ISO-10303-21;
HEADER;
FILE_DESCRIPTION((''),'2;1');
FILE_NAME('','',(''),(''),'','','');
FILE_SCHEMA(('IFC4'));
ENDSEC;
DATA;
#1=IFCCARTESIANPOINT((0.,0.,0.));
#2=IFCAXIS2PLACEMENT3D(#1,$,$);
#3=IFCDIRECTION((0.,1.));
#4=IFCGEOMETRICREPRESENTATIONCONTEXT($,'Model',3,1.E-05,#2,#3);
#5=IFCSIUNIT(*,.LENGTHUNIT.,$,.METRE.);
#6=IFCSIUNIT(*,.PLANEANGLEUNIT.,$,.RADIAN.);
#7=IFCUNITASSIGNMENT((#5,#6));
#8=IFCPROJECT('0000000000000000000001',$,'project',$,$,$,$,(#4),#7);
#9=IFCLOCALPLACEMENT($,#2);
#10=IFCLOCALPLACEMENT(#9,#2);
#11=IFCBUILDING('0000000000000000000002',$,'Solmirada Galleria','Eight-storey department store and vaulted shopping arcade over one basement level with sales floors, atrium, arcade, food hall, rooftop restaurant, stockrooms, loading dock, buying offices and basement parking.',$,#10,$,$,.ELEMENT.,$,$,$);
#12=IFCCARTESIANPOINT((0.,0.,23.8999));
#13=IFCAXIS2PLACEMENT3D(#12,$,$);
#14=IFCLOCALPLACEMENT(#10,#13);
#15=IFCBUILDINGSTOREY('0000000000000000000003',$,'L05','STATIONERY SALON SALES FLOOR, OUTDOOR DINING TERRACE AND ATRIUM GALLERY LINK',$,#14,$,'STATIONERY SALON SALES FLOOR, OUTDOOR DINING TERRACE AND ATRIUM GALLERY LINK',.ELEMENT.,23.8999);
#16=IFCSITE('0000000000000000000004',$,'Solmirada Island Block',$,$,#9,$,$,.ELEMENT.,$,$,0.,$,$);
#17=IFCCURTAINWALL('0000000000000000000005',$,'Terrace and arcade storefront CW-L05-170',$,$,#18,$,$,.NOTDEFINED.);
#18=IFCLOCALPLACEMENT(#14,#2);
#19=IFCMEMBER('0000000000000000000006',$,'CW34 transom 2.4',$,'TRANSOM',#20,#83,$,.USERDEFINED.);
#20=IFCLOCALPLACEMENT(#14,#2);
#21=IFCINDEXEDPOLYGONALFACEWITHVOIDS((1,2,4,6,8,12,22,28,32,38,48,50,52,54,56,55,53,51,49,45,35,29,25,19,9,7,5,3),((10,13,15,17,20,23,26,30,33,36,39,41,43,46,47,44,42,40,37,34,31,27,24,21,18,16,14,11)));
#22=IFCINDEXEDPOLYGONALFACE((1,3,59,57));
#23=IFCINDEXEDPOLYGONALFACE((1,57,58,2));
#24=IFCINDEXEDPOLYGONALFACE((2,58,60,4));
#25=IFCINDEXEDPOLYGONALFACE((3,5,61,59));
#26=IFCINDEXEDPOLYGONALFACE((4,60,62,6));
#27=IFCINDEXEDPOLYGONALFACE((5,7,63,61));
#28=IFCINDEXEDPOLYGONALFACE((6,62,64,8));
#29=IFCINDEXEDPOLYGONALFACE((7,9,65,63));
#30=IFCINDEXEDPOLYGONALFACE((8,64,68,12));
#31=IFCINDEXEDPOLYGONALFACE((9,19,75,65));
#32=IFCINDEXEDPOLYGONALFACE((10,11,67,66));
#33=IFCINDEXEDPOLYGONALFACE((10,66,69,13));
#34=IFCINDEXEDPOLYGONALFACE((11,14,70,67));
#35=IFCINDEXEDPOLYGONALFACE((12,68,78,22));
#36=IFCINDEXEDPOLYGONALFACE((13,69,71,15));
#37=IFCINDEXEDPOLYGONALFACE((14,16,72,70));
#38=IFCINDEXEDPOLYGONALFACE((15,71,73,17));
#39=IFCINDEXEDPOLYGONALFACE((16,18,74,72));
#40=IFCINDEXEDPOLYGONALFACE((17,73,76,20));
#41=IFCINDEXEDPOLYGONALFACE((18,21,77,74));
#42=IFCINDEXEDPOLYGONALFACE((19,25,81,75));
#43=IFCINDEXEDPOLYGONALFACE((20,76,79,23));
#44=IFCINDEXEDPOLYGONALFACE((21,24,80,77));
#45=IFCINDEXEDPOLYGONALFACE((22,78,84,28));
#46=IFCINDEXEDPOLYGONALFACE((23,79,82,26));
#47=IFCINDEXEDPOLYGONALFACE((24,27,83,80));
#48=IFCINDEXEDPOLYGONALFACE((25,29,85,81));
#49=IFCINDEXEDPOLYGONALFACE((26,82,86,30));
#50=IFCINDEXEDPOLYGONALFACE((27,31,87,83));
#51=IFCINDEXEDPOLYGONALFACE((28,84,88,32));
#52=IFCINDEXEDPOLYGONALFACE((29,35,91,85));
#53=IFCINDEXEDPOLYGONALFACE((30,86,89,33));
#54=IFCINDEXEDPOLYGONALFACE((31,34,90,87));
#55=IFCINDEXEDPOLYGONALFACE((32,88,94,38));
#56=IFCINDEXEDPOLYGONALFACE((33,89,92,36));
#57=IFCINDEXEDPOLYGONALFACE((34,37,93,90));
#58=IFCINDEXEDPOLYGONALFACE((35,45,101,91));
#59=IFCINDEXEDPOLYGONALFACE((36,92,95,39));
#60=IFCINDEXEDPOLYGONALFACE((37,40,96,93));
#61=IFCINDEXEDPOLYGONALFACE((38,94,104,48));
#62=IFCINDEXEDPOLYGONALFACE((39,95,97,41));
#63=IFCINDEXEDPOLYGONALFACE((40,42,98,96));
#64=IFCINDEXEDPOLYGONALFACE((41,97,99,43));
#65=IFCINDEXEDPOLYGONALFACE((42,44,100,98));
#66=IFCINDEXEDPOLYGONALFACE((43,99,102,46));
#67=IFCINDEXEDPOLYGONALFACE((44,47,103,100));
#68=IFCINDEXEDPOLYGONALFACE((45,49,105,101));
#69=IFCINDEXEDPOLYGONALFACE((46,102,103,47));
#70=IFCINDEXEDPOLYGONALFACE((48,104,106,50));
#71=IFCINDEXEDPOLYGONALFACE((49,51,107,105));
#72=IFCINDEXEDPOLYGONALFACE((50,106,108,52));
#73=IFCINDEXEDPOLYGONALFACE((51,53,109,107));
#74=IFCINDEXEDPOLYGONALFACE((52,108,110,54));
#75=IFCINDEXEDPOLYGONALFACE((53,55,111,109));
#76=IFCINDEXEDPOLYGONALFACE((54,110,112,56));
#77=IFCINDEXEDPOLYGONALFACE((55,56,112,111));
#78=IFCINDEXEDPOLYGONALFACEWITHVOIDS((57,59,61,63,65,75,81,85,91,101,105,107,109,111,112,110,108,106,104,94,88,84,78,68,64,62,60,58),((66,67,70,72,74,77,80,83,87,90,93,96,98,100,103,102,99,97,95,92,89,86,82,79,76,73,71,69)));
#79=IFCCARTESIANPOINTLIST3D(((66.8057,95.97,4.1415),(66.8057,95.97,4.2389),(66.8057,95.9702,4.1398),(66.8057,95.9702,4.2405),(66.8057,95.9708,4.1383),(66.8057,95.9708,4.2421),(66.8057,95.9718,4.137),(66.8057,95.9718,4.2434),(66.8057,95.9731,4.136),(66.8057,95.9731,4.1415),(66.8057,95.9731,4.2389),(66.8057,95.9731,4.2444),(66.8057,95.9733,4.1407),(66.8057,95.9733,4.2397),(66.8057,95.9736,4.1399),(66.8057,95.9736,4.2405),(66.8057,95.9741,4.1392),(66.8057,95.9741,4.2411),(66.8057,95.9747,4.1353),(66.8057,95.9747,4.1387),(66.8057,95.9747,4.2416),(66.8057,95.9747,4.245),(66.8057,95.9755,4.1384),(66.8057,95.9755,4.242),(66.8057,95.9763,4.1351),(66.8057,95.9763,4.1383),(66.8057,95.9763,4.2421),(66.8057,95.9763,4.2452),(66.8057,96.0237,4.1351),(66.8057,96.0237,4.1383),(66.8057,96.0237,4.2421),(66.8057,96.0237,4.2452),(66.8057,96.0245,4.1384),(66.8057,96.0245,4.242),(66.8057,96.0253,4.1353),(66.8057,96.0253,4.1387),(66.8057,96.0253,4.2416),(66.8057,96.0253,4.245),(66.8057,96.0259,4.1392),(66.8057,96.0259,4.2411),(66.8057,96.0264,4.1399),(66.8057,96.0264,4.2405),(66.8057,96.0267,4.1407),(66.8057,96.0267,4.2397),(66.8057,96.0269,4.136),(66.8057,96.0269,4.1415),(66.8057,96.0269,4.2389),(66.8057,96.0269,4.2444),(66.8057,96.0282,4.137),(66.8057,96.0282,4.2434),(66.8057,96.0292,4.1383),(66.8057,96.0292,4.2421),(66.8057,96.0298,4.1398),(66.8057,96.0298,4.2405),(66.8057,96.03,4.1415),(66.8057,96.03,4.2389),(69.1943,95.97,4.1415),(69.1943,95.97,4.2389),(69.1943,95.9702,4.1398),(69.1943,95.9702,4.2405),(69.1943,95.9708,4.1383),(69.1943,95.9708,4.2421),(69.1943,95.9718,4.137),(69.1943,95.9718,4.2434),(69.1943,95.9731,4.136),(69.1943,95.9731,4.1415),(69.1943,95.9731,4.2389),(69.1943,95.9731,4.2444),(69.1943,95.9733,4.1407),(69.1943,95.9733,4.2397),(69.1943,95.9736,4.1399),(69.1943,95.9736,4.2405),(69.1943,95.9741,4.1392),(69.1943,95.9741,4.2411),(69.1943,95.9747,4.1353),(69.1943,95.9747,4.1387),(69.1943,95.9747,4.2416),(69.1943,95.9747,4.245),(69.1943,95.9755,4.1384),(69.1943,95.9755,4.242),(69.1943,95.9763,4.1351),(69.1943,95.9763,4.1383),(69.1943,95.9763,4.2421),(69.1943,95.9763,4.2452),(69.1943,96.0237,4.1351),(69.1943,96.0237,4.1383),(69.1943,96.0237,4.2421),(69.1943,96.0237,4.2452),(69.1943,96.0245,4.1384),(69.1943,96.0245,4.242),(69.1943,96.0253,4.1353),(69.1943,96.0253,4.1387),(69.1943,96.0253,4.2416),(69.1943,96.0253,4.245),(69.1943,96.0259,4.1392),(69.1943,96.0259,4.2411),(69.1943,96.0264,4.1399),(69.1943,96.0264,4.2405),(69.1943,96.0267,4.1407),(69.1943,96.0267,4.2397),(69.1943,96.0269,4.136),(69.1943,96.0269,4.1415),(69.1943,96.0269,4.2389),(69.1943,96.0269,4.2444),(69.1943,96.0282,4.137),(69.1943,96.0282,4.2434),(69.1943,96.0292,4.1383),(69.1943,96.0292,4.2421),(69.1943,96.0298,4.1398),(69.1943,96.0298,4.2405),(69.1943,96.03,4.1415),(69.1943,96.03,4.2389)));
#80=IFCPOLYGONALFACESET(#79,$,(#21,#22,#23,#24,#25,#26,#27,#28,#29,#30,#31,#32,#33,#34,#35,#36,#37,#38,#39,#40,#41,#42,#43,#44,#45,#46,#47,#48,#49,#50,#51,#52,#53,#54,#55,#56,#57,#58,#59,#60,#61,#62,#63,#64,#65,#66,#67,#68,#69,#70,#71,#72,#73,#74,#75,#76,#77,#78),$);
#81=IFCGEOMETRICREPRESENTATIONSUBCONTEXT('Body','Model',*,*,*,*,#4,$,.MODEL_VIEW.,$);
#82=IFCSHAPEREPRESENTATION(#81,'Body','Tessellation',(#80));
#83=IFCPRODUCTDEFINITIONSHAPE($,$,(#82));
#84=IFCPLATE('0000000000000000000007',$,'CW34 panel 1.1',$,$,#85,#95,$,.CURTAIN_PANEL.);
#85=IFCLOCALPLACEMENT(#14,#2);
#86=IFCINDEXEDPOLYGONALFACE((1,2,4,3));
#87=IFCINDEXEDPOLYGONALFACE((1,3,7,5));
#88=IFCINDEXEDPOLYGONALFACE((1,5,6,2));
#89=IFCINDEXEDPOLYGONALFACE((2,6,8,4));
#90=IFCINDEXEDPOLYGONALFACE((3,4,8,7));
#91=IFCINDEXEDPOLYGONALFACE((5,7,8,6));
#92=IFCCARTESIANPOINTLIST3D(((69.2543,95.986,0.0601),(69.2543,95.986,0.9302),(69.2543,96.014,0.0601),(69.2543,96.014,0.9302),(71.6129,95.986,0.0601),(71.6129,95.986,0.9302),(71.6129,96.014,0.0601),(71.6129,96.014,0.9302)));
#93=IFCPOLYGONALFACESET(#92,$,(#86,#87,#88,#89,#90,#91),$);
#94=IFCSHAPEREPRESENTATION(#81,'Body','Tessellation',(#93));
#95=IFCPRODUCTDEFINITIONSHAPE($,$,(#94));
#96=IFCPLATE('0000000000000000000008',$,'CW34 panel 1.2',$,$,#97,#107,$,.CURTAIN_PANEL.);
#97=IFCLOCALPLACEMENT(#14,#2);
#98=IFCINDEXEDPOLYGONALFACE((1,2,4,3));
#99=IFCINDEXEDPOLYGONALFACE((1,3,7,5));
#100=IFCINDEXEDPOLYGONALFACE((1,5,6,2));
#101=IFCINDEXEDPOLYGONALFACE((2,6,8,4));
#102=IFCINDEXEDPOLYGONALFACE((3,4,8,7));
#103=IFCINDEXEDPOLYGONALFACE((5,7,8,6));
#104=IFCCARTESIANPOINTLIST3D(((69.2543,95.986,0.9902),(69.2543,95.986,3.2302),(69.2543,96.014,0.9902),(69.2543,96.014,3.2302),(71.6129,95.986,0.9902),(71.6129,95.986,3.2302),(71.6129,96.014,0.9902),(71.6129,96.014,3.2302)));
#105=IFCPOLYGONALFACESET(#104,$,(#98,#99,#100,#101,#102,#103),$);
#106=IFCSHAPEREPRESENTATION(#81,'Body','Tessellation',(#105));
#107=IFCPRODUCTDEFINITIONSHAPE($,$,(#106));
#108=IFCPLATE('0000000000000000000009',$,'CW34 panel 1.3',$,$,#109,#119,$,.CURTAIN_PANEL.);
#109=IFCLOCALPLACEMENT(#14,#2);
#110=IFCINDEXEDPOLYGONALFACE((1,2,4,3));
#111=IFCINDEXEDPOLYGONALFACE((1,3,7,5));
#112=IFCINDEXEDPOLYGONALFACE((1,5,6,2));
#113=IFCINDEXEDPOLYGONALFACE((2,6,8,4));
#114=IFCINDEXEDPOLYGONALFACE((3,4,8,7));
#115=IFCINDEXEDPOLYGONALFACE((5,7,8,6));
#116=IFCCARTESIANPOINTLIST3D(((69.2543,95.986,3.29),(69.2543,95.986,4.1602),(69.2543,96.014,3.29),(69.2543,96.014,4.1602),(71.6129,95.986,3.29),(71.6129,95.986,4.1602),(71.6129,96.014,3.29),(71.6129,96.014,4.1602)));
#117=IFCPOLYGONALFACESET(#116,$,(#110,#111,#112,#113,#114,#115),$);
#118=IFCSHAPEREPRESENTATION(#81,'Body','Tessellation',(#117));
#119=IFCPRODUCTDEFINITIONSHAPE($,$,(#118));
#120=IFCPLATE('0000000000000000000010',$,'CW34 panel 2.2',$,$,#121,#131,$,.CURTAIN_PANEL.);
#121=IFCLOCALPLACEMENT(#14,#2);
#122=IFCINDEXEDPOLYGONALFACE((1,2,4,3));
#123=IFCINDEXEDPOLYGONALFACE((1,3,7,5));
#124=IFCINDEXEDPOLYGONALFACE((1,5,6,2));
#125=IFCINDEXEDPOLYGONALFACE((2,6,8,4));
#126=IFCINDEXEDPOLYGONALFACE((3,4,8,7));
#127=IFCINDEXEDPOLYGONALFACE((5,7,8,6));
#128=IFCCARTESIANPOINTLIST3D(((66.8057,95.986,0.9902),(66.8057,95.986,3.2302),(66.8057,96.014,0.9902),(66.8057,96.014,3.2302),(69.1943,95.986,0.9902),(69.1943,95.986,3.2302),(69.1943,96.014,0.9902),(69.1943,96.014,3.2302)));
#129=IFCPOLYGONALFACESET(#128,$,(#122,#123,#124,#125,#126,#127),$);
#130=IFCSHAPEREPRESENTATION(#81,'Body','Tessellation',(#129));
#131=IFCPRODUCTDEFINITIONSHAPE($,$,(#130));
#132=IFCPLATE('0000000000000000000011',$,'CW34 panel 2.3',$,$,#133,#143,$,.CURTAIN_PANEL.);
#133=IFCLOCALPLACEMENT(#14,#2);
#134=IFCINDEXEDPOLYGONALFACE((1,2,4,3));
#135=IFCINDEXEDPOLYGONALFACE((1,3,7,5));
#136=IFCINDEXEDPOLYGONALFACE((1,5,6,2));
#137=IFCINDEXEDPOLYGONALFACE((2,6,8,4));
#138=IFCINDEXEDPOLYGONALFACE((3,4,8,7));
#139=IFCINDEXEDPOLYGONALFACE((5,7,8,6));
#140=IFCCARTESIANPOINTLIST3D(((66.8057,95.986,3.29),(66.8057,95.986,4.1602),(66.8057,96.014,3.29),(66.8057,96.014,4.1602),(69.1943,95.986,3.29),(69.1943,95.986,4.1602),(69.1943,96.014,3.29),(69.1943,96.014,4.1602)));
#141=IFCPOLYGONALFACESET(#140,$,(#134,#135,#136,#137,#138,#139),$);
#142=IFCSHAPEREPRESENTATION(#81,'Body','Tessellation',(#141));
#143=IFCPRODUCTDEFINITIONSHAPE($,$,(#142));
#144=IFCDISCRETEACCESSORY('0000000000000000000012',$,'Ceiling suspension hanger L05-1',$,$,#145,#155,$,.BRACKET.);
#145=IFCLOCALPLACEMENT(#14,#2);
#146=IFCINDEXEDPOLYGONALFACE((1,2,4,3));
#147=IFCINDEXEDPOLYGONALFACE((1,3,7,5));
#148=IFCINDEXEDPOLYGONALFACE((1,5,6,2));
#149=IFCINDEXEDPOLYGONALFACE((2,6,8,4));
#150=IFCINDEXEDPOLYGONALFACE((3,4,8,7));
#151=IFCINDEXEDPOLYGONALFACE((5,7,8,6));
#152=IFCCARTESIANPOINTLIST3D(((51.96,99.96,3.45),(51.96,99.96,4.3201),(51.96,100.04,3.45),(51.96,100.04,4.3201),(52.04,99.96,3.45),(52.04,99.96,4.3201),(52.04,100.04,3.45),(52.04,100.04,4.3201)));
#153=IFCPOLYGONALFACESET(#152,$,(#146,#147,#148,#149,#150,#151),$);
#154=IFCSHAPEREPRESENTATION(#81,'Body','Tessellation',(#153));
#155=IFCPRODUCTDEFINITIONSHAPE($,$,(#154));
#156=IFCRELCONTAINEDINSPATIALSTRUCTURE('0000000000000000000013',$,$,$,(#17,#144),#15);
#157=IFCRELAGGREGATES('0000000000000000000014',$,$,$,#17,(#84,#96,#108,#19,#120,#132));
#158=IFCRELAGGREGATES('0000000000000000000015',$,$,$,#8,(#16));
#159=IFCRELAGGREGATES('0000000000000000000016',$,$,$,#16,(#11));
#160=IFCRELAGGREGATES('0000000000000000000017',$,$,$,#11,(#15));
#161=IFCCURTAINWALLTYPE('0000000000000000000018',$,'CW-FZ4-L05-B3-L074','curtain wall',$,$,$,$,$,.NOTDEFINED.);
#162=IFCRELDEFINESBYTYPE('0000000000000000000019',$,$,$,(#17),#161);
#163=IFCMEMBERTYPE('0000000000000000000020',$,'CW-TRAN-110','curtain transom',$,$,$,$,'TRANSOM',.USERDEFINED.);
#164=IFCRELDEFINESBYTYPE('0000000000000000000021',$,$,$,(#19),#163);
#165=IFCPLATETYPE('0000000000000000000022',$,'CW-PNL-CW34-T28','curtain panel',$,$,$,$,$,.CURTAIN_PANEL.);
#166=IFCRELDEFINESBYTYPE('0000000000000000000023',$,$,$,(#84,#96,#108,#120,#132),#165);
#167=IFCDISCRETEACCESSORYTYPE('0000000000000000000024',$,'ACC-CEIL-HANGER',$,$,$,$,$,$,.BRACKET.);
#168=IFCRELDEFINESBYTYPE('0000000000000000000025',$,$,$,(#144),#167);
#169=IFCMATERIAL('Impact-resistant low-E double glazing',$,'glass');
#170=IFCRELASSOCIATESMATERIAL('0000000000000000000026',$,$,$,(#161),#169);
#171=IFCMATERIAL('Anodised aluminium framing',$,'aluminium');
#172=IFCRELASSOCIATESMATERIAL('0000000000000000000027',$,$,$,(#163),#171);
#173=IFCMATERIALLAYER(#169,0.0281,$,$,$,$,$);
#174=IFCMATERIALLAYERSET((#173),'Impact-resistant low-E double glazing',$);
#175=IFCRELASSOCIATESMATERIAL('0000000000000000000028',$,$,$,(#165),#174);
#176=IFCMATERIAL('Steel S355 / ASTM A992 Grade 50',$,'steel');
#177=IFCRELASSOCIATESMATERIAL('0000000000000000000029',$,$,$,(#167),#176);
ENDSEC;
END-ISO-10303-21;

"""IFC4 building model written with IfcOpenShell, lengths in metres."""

from ifc_helpers import new_model, si_unit, direction, frame, origin, origin_2d, place, context, subcontext, project, spatial, rectangle, hollow_rectangle, extrude, material, layer, layer_set, material_profile, profile_set, type_object, element, aggregate, save


model = new_model("IFC4")

# Units and contexts
model_context = context("Model", 3, precision=1e-05, world=origin(), true_north=direction((0.0, 1.0)))
body_context = subcontext(model_context, "Body", "Model", "MODEL_VIEW")
ifc_project = project(units=[si_unit("LENGTHUNIT", "METRE"), si_unit("PLANEANGLEUNIT", "RADIAN")], contexts=[model_context])

# Site, building, storey
site_placement = place(None, origin())
site = spatial("IfcSite", under=ifc_project, at=site_placement, Name="Solmirada Island Block", CompositionType="ELEMENT", RefElevation=0.0)
building_placement = place(site_placement, origin())
building = spatial("IfcBuilding", under=site, at=building_placement, Name="Solmirada Galleria", Description="Eight-storey department store and vaulted shopping arcade over one basement level with sales floors, atrium, arcade, food hall, rooftop restaurant, stockrooms, loading dock, buying offices and basement parking.", CompositionType="ELEMENT")
storey_placement = place(building_placement, frame((0.0, 0.0, 23.8999)))
storey = spatial("IfcBuildingStorey", under=building, at=storey_placement, Name="L05", Description="STATIONERY SALON SALES FLOOR, OUTDOOR DINING TERRACE AND ATRIUM GALLERY LINK", LongName="STATIONERY SALON SALES FLOOR, OUTDOOR DINING TERRACE AND ATRIUM GALLERY LINK", CompositionType="ELEMENT", Elevation=23.8999)

# Shared definitions
ifc_material_1 = material(Name="Steel S355 / ASTM A992 Grade 50", Category="steel")

# Curtain wall, member, plates
ifc_material_2 = material(Name="Impact-resistant low-E double glazing", Category="glass")
curtain_wall_type = type_object("IfcCurtainWallType", Name="CW-FZ4-L05-B3-L074", Description="curtain wall", PredefinedType="NOTDEFINED", material=ifc_material_2)
curtain_wall_placement = place(storey_placement, origin())
curtain_wall = element("IfcCurtainWall", 1, at=curtain_wall_placement, inside=storey, type_object=curtain_wall_type, Name="Terrace and arcade storefront CW-L05-170", PredefinedType="NOTDEFINED")
ifc_material_3 = material(Name="Anodised aluminium framing", Category="aluminium")
ifc_material_profile_1 = material_profile(ifc_material_3, hollow_rectangle(XDim=0.0601, YDim=0.1101, WallThickness=0.0032, InnerFilletRadius=0.0032, OuterFilletRadius=0.0063, at=origin_2d()), Name="ALU-TRAN-110X60")
ifc_profile_set_1 = profile_set([ifc_material_profile_1], Name="Anodised aluminium framing")
member_type_1 = type_object("IfcMemberType", Name="CW-TRAN-110", Description="curtain transom", ElementType="TRANSOM", PredefinedType="USERDEFINED", material=ifc_profile_set_1)
member_1_placement = place(storey_placement, frame((69.1943, 96.0, 4.1902), z_axis=(-1.0, 0.0, 0.0), x_axis=(0.0, -1.0, 0.0)))
member_1 = element("IfcMember", 2, at=member_1_placement, type_object=member_type_1, Name="CW34 transom 2.4", ObjectType="TRANSOM", PredefinedType="USERDEFINED", context=body_context, shape_type="SweptSolid", body=[
    extrude(hollow_rectangle(XDim=0.0601, YDim=0.1101, WallThickness=0.0032, InnerFilletRadius=0.0032, OuterFilletRadius=0.0063, at=origin_2d()), origin(), (0.0, 0.0, 1.0), 2.3887),
])
ifc_layer = layer(ifc_material_2, 0.0281)
ifc_layer_set = layer_set([ifc_layer], Name="Impact-resistant low-E double glazing")
plate_type = type_object("IfcPlateType", Name="CW-PNL-CW34-T28", Description="curtain panel", PredefinedType="CURTAIN_PANEL", material=ifc_layer_set)
plate_1_placement = place(storey_placement, frame((70.4336, 96.0, 0.0601), z_axis=(0.0, 0.0, 1.0), x_axis=(-1.0, 0.0, 0.0)))
plate_1 = element("IfcPlate", 3, at=plate_1_placement, type_object=plate_type, Name="CW34 panel 1.1", PredefinedType="CURTAIN_PANEL", context=body_context, shape_type="SweptSolid", body=[
    extrude(rectangle(XDim=2.3586, YDim=0.0281, at=origin_2d()), origin(), (0.0, 0.0, 1.0), 0.8701),
])
plate_2_placement = place(storey_placement, frame((70.4336, 96.0, 0.9902), z_axis=(0.0, 0.0, 1.0), x_axis=(-1.0, 0.0, 0.0)))
plate_2 = element("IfcPlate", 4, at=plate_2_placement, type_object=plate_type, Name="CW34 panel 1.2", PredefinedType="CURTAIN_PANEL", context=body_context, shape_type="SweptSolid", body=[
    extrude(rectangle(XDim=2.3586, YDim=0.0281, at=origin_2d()), origin(), (0.0, 0.0, 1.0), 2.24),
])
plate_3_placement = place(storey_placement, frame((70.4336, 96.0, 3.29), z_axis=(0.0, 0.0, 1.0), x_axis=(-1.0, 0.0, 0.0)))
plate_3 = element("IfcPlate", 5, at=plate_3_placement, type_object=plate_type, Name="CW34 panel 1.3", PredefinedType="CURTAIN_PANEL", context=body_context, shape_type="SweptSolid", body=[
    extrude(rectangle(XDim=2.3586, YDim=0.0281, at=origin_2d()), origin(), (0.0, 0.0, 1.0), 0.8701),
])
plate_4_placement = place(storey_placement, frame((68.0, 96.0, 0.9902), z_axis=(0.0, 0.0, 1.0), x_axis=(-1.0, 0.0, 0.0)))
plate_4 = element("IfcPlate", 6, at=plate_4_placement, type_object=plate_type, Name="CW34 panel 2.2", PredefinedType="CURTAIN_PANEL", context=body_context, shape_type="SweptSolid", body=[
    extrude(rectangle(XDim=2.3887, YDim=0.0281, at=origin_2d()), origin(), (0.0, 0.0, 1.0), 2.24),
])
plate_5_placement = place(storey_placement, frame((68.0, 96.0, 3.29), z_axis=(0.0, 0.0, 1.0), x_axis=(-1.0, 0.0, 0.0)))
plate_5 = element("IfcPlate", 7, at=plate_5_placement, type_object=plate_type, Name="CW34 panel 2.3", PredefinedType="CURTAIN_PANEL", context=body_context, shape_type="SweptSolid", body=[
    extrude(rectangle(XDim=2.3887, YDim=0.0281, at=origin_2d()), origin(), (0.0, 0.0, 1.0), 0.8701),
])
aggregate(curtain_wall, [plate_1, plate_2, plate_3, member_1, plate_4, plate_5])

# Discrete accessory
discrete_accessory_type = type_object("IfcDiscreteAccessoryType", Name="ACC-CEIL-HANGER", PredefinedType="BRACKET", material=ifc_material_1)
discrete_accessory_placement = place(storey_placement, frame((52.0, 100.0, 3.45), z_axis=(0.0, 0.0, 1.0), x_axis=(1.0, 0.0, 0.0)))
element("IfcDiscreteAccessory", 8, at=discrete_accessory_placement, inside=storey, type_object=discrete_accessory_type, Name="Ceiling suspension hanger L05-1", PredefinedType="BRACKET", context=body_context, shape_type="SweptSolid", body=[
    extrude(rectangle(XDim=0.0801, YDim=0.0801, at=origin_2d()), origin(), (0.0, 0.0, 1.0), 0.8701),
])

save(model, "model.ifc")
